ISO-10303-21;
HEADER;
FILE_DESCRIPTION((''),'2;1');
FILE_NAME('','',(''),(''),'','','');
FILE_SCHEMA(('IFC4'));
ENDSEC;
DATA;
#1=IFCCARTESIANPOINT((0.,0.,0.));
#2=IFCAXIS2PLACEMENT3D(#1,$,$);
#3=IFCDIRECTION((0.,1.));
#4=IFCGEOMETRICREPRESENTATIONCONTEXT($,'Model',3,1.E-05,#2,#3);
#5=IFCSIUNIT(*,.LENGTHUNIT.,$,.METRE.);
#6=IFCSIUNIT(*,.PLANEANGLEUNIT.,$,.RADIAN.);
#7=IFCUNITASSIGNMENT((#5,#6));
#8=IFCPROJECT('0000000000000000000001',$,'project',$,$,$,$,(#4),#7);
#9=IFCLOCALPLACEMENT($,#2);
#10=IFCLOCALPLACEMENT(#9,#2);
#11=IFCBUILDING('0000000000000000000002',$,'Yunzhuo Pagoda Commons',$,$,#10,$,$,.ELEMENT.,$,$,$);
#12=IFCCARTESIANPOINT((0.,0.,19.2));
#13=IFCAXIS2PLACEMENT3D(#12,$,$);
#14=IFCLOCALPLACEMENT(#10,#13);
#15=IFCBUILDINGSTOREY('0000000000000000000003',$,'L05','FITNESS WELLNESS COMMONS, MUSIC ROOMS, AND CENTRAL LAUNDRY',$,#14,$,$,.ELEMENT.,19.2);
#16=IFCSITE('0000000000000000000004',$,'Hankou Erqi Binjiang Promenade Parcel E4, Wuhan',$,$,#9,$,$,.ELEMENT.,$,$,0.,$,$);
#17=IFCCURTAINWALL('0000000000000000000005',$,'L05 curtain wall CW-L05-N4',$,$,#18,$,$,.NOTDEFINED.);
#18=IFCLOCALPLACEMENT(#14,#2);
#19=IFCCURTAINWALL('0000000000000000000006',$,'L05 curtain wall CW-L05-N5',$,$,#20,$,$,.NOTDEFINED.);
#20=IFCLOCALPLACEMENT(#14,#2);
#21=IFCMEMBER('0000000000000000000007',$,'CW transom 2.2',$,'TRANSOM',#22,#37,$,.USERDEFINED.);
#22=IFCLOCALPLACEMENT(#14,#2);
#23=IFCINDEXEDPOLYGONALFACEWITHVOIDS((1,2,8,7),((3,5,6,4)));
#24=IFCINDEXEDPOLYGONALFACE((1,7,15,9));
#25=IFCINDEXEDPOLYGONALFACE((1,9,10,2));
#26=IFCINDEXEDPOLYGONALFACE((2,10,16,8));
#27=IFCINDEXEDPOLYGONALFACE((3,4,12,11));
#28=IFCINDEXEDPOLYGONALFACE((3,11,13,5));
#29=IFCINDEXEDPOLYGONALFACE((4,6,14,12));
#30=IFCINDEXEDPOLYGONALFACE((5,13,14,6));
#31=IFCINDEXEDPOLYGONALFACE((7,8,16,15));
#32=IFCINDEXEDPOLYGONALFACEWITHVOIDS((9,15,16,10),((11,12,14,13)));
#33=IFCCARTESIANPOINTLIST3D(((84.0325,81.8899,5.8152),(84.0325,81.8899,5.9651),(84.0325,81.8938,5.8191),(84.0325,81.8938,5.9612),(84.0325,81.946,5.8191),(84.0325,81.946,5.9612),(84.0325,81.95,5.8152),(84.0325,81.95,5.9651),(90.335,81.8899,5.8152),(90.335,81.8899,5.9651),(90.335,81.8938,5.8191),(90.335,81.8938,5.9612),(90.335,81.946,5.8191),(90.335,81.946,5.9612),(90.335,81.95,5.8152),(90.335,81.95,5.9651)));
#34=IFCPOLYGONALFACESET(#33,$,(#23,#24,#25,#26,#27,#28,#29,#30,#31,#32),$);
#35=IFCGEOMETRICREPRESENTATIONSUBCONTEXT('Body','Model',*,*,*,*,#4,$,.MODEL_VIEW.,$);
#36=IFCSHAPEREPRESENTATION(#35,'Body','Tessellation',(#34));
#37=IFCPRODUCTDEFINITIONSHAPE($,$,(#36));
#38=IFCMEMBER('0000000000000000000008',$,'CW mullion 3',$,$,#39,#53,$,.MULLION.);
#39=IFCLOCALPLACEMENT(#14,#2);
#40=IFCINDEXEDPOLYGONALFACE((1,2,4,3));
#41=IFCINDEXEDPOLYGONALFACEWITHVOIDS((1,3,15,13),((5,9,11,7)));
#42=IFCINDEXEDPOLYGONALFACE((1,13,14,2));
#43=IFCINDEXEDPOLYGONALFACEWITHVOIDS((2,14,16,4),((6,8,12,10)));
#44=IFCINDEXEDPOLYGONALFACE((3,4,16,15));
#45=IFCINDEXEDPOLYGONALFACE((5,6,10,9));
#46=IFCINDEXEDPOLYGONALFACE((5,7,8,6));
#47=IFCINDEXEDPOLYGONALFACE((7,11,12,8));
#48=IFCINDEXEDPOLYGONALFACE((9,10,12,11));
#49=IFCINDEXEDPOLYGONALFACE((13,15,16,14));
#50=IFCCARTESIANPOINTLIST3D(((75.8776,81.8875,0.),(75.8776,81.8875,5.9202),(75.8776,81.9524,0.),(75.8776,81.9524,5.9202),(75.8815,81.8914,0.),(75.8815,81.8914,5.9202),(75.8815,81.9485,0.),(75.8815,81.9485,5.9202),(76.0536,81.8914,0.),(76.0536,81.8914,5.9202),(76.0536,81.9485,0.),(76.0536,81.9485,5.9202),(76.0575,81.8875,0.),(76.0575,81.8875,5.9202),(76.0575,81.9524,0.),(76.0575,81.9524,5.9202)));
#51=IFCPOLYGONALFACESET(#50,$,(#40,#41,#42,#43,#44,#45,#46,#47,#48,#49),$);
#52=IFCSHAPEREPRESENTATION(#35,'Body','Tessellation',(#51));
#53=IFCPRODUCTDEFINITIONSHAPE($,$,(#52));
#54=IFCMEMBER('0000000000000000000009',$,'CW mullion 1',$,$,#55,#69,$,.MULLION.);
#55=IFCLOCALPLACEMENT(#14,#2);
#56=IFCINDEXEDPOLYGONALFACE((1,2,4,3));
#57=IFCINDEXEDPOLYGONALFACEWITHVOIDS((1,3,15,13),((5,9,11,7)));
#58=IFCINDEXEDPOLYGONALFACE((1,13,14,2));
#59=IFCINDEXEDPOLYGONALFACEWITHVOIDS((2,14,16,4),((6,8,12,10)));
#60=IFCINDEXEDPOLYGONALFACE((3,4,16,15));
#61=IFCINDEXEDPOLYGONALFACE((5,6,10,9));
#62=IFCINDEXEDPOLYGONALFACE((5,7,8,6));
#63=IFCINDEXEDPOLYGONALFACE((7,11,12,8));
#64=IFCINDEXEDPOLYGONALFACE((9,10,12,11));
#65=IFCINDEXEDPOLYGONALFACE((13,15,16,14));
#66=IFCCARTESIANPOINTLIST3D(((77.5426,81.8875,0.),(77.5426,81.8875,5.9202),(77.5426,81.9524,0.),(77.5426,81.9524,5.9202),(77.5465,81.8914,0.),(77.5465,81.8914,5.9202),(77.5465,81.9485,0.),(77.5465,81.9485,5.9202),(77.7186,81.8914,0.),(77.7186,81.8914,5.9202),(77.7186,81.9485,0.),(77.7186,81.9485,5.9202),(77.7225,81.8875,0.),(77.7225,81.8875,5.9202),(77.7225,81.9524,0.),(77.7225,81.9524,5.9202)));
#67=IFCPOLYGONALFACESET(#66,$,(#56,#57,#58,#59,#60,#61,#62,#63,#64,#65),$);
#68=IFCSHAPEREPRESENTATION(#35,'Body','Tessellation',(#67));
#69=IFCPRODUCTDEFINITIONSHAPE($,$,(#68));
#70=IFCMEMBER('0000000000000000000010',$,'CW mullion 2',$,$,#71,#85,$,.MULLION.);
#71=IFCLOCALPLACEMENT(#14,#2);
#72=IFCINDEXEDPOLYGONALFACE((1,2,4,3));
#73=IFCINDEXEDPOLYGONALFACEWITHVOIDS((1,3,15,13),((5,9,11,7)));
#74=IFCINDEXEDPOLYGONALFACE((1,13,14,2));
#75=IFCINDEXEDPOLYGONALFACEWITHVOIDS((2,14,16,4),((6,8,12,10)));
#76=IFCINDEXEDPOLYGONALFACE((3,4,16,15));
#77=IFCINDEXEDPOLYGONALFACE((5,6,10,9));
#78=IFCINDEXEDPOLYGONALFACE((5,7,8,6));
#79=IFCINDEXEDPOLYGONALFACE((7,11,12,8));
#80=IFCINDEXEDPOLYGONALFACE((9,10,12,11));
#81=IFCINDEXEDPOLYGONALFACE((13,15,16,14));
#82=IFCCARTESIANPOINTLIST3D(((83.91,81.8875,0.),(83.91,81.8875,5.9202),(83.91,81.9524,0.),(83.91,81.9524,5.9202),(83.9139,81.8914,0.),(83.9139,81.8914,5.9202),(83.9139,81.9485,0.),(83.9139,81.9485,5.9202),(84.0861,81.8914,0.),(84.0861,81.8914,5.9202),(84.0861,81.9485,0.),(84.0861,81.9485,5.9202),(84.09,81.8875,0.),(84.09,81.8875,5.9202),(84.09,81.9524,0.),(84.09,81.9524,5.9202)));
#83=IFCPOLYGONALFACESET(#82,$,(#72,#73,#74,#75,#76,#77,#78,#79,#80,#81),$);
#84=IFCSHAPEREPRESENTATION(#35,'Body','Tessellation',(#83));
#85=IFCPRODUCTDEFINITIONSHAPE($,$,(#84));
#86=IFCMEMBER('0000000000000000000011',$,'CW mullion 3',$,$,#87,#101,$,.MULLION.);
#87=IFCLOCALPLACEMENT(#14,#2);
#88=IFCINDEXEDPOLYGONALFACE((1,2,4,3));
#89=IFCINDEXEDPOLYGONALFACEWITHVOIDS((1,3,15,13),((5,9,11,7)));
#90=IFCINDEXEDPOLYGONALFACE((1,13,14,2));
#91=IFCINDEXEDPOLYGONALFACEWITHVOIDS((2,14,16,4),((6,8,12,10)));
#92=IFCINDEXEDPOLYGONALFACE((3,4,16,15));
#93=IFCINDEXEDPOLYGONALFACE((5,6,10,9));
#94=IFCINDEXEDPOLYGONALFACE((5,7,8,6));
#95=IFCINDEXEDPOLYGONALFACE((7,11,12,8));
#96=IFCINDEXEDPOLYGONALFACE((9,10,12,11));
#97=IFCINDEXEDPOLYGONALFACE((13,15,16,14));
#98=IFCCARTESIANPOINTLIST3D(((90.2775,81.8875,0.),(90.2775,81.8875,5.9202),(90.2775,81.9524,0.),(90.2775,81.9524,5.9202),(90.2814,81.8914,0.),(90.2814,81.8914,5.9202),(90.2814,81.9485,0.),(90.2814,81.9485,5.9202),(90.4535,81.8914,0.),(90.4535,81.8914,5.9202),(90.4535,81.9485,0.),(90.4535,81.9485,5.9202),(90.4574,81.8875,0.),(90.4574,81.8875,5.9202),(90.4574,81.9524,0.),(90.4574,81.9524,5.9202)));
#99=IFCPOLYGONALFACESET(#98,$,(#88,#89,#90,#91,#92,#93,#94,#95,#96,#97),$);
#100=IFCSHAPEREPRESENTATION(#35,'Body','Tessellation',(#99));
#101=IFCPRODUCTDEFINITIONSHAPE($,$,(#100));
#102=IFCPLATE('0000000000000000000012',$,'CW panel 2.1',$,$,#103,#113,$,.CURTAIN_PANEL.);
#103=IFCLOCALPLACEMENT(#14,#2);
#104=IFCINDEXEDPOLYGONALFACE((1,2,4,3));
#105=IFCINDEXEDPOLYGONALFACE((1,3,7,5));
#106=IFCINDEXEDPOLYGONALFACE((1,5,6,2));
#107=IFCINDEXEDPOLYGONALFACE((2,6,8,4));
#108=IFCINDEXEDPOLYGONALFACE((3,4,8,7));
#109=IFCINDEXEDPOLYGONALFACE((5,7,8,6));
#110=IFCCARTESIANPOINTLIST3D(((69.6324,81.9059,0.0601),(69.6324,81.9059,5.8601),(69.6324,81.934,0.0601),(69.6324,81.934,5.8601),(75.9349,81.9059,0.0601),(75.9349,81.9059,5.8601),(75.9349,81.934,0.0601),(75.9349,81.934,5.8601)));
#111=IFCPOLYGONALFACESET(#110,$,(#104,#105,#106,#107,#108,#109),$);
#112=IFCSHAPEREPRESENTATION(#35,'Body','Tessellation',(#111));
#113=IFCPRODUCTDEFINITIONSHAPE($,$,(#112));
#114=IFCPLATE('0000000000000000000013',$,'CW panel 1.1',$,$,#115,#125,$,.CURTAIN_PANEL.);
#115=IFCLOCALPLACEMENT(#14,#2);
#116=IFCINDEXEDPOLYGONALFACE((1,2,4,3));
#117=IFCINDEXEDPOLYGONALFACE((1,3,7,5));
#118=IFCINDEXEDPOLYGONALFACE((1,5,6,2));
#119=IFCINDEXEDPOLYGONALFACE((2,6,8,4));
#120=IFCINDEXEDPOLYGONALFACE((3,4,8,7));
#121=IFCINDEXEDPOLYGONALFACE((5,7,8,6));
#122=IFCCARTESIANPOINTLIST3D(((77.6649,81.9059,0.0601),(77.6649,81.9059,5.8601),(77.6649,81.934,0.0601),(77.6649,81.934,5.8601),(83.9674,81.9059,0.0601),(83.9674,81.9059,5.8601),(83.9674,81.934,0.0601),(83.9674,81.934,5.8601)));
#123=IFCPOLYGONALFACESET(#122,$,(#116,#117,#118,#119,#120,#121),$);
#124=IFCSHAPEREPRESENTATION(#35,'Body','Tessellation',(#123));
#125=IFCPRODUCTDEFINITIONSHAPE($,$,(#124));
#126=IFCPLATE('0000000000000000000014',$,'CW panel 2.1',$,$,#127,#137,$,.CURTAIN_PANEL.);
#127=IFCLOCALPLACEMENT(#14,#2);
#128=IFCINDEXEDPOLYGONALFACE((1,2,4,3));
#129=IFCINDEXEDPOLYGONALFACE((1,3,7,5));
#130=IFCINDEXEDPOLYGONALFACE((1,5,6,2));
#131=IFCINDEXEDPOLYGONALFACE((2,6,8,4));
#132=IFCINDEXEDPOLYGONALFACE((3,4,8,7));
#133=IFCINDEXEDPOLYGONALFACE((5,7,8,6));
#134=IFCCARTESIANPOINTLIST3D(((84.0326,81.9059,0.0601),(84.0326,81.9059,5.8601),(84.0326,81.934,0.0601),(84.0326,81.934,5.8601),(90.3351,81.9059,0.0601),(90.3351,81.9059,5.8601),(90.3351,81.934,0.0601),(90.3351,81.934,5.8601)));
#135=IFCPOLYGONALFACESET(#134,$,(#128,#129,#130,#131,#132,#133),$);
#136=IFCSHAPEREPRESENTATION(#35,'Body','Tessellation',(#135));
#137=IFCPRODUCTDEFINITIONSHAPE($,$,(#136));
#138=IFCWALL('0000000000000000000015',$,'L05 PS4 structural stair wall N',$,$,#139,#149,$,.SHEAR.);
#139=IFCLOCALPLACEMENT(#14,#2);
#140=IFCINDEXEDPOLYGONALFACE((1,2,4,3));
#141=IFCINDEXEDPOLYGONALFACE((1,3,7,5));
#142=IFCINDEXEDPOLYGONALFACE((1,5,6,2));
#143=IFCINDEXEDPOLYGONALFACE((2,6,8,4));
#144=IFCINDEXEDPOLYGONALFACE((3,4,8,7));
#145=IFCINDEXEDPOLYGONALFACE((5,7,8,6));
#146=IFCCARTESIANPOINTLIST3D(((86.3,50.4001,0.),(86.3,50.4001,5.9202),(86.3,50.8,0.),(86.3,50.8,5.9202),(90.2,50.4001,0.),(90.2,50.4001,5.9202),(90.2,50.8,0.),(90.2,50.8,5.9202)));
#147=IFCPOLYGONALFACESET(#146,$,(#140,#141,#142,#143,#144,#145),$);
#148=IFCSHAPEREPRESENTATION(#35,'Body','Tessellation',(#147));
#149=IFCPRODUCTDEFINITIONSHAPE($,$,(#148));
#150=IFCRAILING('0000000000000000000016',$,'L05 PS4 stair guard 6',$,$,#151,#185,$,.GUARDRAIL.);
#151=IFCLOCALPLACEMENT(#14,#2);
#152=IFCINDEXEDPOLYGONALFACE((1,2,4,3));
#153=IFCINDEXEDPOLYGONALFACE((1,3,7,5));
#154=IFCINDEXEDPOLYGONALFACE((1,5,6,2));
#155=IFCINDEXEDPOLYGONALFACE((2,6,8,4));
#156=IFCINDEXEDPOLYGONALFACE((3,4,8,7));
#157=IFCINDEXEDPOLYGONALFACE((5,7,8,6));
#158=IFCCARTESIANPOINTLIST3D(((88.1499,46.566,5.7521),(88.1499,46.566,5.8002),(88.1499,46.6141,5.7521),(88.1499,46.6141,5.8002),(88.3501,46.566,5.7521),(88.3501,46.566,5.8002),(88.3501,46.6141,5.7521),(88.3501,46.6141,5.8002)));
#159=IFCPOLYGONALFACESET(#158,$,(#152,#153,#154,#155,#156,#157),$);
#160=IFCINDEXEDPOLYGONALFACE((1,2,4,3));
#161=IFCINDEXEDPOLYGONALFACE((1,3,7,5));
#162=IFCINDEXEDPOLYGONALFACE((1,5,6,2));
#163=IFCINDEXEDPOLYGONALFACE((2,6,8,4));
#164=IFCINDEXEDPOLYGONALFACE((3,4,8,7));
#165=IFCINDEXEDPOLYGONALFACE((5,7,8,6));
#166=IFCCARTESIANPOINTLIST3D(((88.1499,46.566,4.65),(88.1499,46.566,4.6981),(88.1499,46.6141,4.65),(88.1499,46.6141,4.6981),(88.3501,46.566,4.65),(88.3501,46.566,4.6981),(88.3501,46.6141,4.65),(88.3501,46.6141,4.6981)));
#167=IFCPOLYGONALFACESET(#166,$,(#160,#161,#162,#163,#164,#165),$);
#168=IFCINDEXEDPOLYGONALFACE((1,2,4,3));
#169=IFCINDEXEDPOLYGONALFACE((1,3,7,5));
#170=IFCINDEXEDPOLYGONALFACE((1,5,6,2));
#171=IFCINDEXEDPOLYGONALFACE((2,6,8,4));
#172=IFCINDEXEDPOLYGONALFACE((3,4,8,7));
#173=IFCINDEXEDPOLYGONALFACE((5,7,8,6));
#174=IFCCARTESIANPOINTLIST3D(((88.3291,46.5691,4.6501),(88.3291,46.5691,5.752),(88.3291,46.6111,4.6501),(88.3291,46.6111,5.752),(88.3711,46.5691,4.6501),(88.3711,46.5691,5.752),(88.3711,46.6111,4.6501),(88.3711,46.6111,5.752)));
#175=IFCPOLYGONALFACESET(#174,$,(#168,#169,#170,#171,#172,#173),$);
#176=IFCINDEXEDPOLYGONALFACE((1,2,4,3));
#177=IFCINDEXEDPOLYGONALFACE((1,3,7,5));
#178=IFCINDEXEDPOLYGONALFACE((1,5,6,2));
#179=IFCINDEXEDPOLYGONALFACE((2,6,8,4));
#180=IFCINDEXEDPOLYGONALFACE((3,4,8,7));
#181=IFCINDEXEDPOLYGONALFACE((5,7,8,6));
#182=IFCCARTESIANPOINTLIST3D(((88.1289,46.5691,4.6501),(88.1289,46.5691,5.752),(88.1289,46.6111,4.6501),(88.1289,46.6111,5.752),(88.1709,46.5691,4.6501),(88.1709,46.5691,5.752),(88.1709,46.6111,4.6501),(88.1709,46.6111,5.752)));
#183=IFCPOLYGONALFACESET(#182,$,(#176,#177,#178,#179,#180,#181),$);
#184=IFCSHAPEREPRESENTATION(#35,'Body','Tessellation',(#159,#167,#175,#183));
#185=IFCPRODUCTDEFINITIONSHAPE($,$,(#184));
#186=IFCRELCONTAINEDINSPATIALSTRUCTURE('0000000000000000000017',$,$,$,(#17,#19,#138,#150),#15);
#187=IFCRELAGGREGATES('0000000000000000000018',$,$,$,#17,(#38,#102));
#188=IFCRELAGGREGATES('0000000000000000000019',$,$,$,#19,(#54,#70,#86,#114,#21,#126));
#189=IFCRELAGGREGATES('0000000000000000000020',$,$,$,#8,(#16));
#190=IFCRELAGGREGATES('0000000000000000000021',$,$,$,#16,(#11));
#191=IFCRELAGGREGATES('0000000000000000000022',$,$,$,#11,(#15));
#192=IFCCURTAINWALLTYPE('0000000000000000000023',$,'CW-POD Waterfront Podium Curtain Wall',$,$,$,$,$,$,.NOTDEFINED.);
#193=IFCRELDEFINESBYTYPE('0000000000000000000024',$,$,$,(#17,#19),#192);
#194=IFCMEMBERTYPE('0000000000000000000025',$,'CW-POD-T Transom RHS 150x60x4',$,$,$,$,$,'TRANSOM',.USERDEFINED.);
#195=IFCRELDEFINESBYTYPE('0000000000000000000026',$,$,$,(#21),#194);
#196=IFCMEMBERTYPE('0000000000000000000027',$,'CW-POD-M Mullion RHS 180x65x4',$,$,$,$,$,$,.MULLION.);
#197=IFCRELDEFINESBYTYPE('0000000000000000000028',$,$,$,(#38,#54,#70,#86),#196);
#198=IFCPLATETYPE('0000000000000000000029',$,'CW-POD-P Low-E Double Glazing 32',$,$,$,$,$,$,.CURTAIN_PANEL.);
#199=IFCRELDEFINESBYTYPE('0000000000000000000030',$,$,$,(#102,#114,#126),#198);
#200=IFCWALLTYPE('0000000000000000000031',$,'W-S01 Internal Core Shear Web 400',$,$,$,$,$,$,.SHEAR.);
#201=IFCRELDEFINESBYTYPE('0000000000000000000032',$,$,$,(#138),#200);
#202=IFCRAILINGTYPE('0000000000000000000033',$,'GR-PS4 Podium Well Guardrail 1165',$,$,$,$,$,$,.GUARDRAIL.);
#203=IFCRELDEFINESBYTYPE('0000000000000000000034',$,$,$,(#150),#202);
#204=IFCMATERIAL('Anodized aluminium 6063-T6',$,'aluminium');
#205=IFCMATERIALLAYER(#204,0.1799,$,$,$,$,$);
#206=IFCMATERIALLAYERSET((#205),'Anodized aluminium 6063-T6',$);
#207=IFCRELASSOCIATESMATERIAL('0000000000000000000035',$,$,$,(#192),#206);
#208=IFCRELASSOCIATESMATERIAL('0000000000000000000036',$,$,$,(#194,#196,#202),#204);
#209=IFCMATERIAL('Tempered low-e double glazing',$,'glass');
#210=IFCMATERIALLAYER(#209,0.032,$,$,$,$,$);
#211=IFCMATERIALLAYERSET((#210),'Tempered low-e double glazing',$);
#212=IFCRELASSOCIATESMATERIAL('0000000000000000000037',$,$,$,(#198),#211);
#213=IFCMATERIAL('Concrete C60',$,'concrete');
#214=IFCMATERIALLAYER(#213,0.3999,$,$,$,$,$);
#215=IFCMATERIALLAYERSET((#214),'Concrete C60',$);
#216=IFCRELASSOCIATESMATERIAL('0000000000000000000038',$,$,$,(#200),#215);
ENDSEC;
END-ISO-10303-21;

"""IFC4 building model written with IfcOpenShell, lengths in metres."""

from ifc_helpers import new_model, si_unit, direction, frame, frame_2d, origin, origin_2d, place, context, subcontext, project, spatial, rectangle, hollow_rectangle, extrude, source, transform, mapped, material, layer, layer_set, material_profile, profile_set, type_object, element, aggregate, save


model = new_model("IFC4")

# Units and contexts
model_context = context("Model", 3, precision=1e-05, world=origin(), true_north=direction((0.0, 1.0)))
body_context = subcontext(model_context, "Body", "Model", "MODEL_VIEW")
ifc_project = project(units=[si_unit("LENGTHUNIT", "METRE"), si_unit("PLANEANGLEUNIT", "RADIAN")], contexts=[model_context])

# Site, building, storey
site_placement = place(None, origin())
site = spatial("IfcSite", under=ifc_project, at=site_placement, Name="Hankou Erqi Binjiang Promenade Parcel E4, Wuhan", CompositionType="ELEMENT", RefElevation=0.0)
building_placement = place(site_placement, origin())
building = spatial("IfcBuilding", under=site, at=building_placement, Name="Yunzhuo Pagoda Commons", CompositionType="ELEMENT")
storey_placement = place(building_placement, frame((0.0, 0.0, 19.2)))
storey = spatial("IfcBuildingStorey", under=building, at=storey_placement, Name="L05", Description="FITNESS WELLNESS COMMONS, MUSIC ROOMS, AND CENTRAL LAUNDRY", CompositionType="ELEMENT", Elevation=19.2)

# Curtain wall
ifc_material_1 = material(Name="Anodized aluminium 6063-T6", Category="aluminium")
ifc_layer_1 = layer(ifc_material_1, 0.1799)
ifc_layer_set_1 = layer_set([ifc_layer_1], Name="Anodized aluminium 6063-T6")
curtain_wall_type = type_object("IfcCurtainWallType", Name="CW-POD Waterfront Podium Curtain Wall", PredefinedType="NOTDEFINED", material=ifc_layer_set_1)
curtain_wall_1_placement = place(storey_placement, origin())
curtain_wall_1 = element("IfcCurtainWall", 1, at=curtain_wall_1_placement, inside=storey, type_object=curtain_wall_type, Name="L05 curtain wall CW-L05-N4", PredefinedType="NOTDEFINED")
ifc_material_profile_1 = material_profile(ifc_material_1, hollow_rectangle(XDim=0.0601, YDim=0.1499, WallThickness=0.0039, at=origin_2d()), Name="Anodized aluminium 6063-T6")
ifc_profile_set_1 = profile_set([ifc_material_profile_1], Name="Anodized aluminium 6063-T6")
member_type_1 = type_object("IfcMemberType", Name="CW-POD-T Transom RHS 150x60x4", ElementType="TRANSOM", PredefinedType="USERDEFINED", material=ifc_profile_set_1)
shared_shape_1 = source(origin(), body_context, "Body", "SweptSolid", [
    extrude(hollow_rectangle(XDim=0.0601, YDim=0.1499, WallThickness=0.0039, at=origin_2d()), origin(), (0.0, 0.0, 1.0), 6.3025),
])

# Curtain wall, member
curtain_wall_2_placement = place(storey_placement, origin())
curtain_wall_2 = element("IfcCurtainWall", 2, at=curtain_wall_2_placement, inside=storey, type_object=curtain_wall_type, Name="L05 curtain wall CW-L05-N5", PredefinedType="NOTDEFINED")
member_1_placement = place(storey_placement, frame((84.0325, 81.9199, 5.8901), z_axis=(1.0, 0.0, 0.0), x_axis=(0.0, 1.0, 0.0)))
member_1 = element("IfcMember", 3, at=member_1_placement, type_object=member_type_1, Name="CW transom 2.2", ObjectType="TRANSOM", PredefinedType="USERDEFINED", context=body_context, shape_type="MappedRepresentation", body=[
    mapped(shared_shape_1, transform((0.0, 0.0, 0.0), scale=1.0)),
])

# Members
ifc_material_profile_2 = material_profile(ifc_material_1, hollow_rectangle(XDim=0.0649, YDim=0.1799, WallThickness=0.0039, at=origin_2d()), Name="Anodized aluminium 6063-T6")
ifc_profile_set_2 = profile_set([ifc_material_profile_2], Name="Anodized aluminium 6063-T6")
member_type_2 = type_object("IfcMemberType", Name="CW-POD-M Mullion RHS 180x65x4", PredefinedType="MULLION", material=ifc_profile_set_2)
shared_shape_2 = source(origin(), body_context, "Body", "SweptSolid", [
    extrude(hollow_rectangle(XDim=0.0649, YDim=0.1799, WallThickness=0.0039, at=origin_2d()), origin(), (0.0, 0.0, 1.0), 5.9202),
])
member_2_placement = place(storey_placement, frame((75.9675, 81.9199, 0.0), z_axis=(0.0, 0.0, 1.0), x_axis=(0.0, 1.0, 0.0)))
member_2 = element("IfcMember", 4, at=member_2_placement, type_object=member_type_2, Name="CW mullion 3", PredefinedType="MULLION", context=body_context, shape_type="MappedRepresentation", body=[
    mapped(shared_shape_2, transform((0.0, 0.0, 0.0), scale=1.0)),
])
member_3_placement = place(storey_placement, frame((77.6326, 81.9199, 0.0), z_axis=(0.0, 0.0, 1.0), x_axis=(0.0, 1.0, 0.0)))
member_3 = element("IfcMember", 5, at=member_3_placement, type_object=member_type_2, Name="CW mullion 1", PredefinedType="MULLION", context=body_context, shape_type="MappedRepresentation", body=[
    mapped(shared_shape_2, transform((0.0, 0.0, 0.0), scale=1.0)),
])
member_4_placement = place(storey_placement, frame((84.0, 81.9199, 0.0), z_axis=(0.0, 0.0, 1.0), x_axis=(0.0, 1.0, 0.0)))
member_4 = element("IfcMember", 6, at=member_4_placement, type_object=member_type_2, Name="CW mullion 2", PredefinedType="MULLION", context=body_context, shape_type="MappedRepresentation", body=[
    mapped(shared_shape_2, transform((0.0, 0.0, 0.0), scale=1.0)),
])
member_5_placement = place(storey_placement, frame((90.3674, 81.9199, 0.0), z_axis=(0.0, 0.0, 1.0), x_axis=(0.0, 1.0, 0.0)))
member_5 = element("IfcMember", 7, at=member_5_placement, type_object=member_type_2, Name="CW mullion 3", PredefinedType="MULLION", context=body_context, shape_type="MappedRepresentation", body=[
    mapped(shared_shape_2, transform((0.0, 0.0, 0.0), scale=1.0)),
])

# Plates
ifc_material_2 = material(Name="Tempered low-e double glazing", Category="glass")
ifc_layer_2 = layer(ifc_material_2, 0.032)
ifc_layer_set_2 = layer_set([ifc_layer_2], Name="Tempered low-e double glazing")
plate_type = type_object("IfcPlateType", Name="CW-POD-P Low-E Double Glazing 32", PredefinedType="CURTAIN_PANEL", material=ifc_layer_set_2)
shared_shape_3 = source(origin(), body_context, "Body", "SweptSolid", [
    extrude(rectangle(XDim=6.3025, YDim=0.0281, at=origin_2d()), origin(), (0.0, 0.0, 1.0), 5.8),
])
plate_1_placement = place(storey_placement, frame((72.7837, 81.9199, 0.0601), z_axis=(0.0, 0.0, 1.0), x_axis=(1.0, 0.0, 0.0)))
plate_1 = element("IfcPlate", 8, at=plate_1_placement, type_object=plate_type, Name="CW panel 2.1", PredefinedType="CURTAIN_PANEL", context=body_context, shape_type="MappedRepresentation", body=[
    mapped(shared_shape_3, transform((0.0, 0.0, 0.0), scale=1.0)),
])
aggregate(curtain_wall_1, [member_2, plate_1])
plate_2_placement = place(storey_placement, frame((80.8162, 81.9199, 0.0601), z_axis=(0.0, 0.0, 1.0), x_axis=(1.0, 0.0, 0.0)))
plate_2 = element("IfcPlate", 9, at=plate_2_placement, type_object=plate_type, Name="CW panel 1.1", PredefinedType="CURTAIN_PANEL", context=body_context, shape_type="MappedRepresentation", body=[
    mapped(shared_shape_3, transform((0.0, 0.0, 0.0), scale=1.0)),
])
plate_3_placement = place(storey_placement, frame((87.1838, 81.9199, 0.0601), z_axis=(0.0, 0.0, 1.0), x_axis=(1.0, 0.0, 0.0)))
plate_3 = element("IfcPlate", 10, at=plate_3_placement, type_object=plate_type, Name="CW panel 2.1", PredefinedType="CURTAIN_PANEL", context=body_context, shape_type="MappedRepresentation", body=[
    mapped(shared_shape_3, transform((0.0, 0.0, 0.0), scale=1.0)),
])
aggregate(curtain_wall_2, [member_3, member_4, member_5, plate_2, member_1, plate_3])

# Wall
ifc_material_3 = material(Name="Concrete C60", Category="concrete")
ifc_layer_3 = layer(ifc_material_3, 0.3999)
ifc_layer_set_3 = layer_set([ifc_layer_3], Name="Concrete C60")
wall_type = type_object("IfcWallType", Name="W-S01 Internal Core Shear Web 400", PredefinedType="SHEAR", material=ifc_layer_set_3)
wall_placement = place(storey_placement, frame((86.3, 50.6001, 0.0), z_axis=(0.0, 0.0, 1.0), x_axis=(1.0, 0.0, 0.0)))
element("IfcWall", 11, at=wall_placement, inside=storey, type_object=wall_type, Name="L05 PS4 structural stair wall N", PredefinedType="SHEAR", context=body_context, shape_type="SweptSolid", body=[
    extrude(rectangle(XDim=3.8999, YDim=0.3999, at=frame_2d((1.95, 0.0))), origin(), (0.0, 0.0, 1.0), 5.9202),
])

# Railing
railing_type = type_object("IfcRailingType", Name="GR-PS4 Podium Well Guardrail 1165", PredefinedType="GUARDRAIL", material=ifc_material_1)
railing_placement = place(storey_placement, frame((88.3501, 46.5901, 4.6501)))
element("IfcRailing", 12, at=railing_placement, inside=storey, type_object=railing_type, Name="L05 PS4 stair guard 6", PredefinedType="GUARDRAIL", context=body_context, shape_type="SweptSolid", body=[
    extrude(rectangle(XDim=0.0481, YDim=0.0481, at=origin_2d()), frame((0.0, 0.0, 1.126), z_axis=(-1.0, 0.0, 0.0), x_axis=(0.0, -1.0, 0.0)), (0.0, 0.0, 1.0), 0.2002),
    extrude(rectangle(XDim=0.0481, YDim=0.0481, at=origin_2d()), frame((0.0, 0.0, 0.0239), z_axis=(-1.0, 0.0, 0.0), x_axis=(0.0, -1.0, 0.0)), (0.0, 0.0, 1.0), 0.2002),
    extrude(rectangle(XDim=0.042, YDim=0.042, at=origin_2d()), origin(), (0.0, 0.0, 1.0), 1.1018),
    extrude(rectangle(XDim=0.042, YDim=0.042, at=origin_2d()), frame((-0.2002, 0.0, 0.0)), (0.0, 0.0, 1.0), 1.1018),
])

save(model, "model.ifc")
